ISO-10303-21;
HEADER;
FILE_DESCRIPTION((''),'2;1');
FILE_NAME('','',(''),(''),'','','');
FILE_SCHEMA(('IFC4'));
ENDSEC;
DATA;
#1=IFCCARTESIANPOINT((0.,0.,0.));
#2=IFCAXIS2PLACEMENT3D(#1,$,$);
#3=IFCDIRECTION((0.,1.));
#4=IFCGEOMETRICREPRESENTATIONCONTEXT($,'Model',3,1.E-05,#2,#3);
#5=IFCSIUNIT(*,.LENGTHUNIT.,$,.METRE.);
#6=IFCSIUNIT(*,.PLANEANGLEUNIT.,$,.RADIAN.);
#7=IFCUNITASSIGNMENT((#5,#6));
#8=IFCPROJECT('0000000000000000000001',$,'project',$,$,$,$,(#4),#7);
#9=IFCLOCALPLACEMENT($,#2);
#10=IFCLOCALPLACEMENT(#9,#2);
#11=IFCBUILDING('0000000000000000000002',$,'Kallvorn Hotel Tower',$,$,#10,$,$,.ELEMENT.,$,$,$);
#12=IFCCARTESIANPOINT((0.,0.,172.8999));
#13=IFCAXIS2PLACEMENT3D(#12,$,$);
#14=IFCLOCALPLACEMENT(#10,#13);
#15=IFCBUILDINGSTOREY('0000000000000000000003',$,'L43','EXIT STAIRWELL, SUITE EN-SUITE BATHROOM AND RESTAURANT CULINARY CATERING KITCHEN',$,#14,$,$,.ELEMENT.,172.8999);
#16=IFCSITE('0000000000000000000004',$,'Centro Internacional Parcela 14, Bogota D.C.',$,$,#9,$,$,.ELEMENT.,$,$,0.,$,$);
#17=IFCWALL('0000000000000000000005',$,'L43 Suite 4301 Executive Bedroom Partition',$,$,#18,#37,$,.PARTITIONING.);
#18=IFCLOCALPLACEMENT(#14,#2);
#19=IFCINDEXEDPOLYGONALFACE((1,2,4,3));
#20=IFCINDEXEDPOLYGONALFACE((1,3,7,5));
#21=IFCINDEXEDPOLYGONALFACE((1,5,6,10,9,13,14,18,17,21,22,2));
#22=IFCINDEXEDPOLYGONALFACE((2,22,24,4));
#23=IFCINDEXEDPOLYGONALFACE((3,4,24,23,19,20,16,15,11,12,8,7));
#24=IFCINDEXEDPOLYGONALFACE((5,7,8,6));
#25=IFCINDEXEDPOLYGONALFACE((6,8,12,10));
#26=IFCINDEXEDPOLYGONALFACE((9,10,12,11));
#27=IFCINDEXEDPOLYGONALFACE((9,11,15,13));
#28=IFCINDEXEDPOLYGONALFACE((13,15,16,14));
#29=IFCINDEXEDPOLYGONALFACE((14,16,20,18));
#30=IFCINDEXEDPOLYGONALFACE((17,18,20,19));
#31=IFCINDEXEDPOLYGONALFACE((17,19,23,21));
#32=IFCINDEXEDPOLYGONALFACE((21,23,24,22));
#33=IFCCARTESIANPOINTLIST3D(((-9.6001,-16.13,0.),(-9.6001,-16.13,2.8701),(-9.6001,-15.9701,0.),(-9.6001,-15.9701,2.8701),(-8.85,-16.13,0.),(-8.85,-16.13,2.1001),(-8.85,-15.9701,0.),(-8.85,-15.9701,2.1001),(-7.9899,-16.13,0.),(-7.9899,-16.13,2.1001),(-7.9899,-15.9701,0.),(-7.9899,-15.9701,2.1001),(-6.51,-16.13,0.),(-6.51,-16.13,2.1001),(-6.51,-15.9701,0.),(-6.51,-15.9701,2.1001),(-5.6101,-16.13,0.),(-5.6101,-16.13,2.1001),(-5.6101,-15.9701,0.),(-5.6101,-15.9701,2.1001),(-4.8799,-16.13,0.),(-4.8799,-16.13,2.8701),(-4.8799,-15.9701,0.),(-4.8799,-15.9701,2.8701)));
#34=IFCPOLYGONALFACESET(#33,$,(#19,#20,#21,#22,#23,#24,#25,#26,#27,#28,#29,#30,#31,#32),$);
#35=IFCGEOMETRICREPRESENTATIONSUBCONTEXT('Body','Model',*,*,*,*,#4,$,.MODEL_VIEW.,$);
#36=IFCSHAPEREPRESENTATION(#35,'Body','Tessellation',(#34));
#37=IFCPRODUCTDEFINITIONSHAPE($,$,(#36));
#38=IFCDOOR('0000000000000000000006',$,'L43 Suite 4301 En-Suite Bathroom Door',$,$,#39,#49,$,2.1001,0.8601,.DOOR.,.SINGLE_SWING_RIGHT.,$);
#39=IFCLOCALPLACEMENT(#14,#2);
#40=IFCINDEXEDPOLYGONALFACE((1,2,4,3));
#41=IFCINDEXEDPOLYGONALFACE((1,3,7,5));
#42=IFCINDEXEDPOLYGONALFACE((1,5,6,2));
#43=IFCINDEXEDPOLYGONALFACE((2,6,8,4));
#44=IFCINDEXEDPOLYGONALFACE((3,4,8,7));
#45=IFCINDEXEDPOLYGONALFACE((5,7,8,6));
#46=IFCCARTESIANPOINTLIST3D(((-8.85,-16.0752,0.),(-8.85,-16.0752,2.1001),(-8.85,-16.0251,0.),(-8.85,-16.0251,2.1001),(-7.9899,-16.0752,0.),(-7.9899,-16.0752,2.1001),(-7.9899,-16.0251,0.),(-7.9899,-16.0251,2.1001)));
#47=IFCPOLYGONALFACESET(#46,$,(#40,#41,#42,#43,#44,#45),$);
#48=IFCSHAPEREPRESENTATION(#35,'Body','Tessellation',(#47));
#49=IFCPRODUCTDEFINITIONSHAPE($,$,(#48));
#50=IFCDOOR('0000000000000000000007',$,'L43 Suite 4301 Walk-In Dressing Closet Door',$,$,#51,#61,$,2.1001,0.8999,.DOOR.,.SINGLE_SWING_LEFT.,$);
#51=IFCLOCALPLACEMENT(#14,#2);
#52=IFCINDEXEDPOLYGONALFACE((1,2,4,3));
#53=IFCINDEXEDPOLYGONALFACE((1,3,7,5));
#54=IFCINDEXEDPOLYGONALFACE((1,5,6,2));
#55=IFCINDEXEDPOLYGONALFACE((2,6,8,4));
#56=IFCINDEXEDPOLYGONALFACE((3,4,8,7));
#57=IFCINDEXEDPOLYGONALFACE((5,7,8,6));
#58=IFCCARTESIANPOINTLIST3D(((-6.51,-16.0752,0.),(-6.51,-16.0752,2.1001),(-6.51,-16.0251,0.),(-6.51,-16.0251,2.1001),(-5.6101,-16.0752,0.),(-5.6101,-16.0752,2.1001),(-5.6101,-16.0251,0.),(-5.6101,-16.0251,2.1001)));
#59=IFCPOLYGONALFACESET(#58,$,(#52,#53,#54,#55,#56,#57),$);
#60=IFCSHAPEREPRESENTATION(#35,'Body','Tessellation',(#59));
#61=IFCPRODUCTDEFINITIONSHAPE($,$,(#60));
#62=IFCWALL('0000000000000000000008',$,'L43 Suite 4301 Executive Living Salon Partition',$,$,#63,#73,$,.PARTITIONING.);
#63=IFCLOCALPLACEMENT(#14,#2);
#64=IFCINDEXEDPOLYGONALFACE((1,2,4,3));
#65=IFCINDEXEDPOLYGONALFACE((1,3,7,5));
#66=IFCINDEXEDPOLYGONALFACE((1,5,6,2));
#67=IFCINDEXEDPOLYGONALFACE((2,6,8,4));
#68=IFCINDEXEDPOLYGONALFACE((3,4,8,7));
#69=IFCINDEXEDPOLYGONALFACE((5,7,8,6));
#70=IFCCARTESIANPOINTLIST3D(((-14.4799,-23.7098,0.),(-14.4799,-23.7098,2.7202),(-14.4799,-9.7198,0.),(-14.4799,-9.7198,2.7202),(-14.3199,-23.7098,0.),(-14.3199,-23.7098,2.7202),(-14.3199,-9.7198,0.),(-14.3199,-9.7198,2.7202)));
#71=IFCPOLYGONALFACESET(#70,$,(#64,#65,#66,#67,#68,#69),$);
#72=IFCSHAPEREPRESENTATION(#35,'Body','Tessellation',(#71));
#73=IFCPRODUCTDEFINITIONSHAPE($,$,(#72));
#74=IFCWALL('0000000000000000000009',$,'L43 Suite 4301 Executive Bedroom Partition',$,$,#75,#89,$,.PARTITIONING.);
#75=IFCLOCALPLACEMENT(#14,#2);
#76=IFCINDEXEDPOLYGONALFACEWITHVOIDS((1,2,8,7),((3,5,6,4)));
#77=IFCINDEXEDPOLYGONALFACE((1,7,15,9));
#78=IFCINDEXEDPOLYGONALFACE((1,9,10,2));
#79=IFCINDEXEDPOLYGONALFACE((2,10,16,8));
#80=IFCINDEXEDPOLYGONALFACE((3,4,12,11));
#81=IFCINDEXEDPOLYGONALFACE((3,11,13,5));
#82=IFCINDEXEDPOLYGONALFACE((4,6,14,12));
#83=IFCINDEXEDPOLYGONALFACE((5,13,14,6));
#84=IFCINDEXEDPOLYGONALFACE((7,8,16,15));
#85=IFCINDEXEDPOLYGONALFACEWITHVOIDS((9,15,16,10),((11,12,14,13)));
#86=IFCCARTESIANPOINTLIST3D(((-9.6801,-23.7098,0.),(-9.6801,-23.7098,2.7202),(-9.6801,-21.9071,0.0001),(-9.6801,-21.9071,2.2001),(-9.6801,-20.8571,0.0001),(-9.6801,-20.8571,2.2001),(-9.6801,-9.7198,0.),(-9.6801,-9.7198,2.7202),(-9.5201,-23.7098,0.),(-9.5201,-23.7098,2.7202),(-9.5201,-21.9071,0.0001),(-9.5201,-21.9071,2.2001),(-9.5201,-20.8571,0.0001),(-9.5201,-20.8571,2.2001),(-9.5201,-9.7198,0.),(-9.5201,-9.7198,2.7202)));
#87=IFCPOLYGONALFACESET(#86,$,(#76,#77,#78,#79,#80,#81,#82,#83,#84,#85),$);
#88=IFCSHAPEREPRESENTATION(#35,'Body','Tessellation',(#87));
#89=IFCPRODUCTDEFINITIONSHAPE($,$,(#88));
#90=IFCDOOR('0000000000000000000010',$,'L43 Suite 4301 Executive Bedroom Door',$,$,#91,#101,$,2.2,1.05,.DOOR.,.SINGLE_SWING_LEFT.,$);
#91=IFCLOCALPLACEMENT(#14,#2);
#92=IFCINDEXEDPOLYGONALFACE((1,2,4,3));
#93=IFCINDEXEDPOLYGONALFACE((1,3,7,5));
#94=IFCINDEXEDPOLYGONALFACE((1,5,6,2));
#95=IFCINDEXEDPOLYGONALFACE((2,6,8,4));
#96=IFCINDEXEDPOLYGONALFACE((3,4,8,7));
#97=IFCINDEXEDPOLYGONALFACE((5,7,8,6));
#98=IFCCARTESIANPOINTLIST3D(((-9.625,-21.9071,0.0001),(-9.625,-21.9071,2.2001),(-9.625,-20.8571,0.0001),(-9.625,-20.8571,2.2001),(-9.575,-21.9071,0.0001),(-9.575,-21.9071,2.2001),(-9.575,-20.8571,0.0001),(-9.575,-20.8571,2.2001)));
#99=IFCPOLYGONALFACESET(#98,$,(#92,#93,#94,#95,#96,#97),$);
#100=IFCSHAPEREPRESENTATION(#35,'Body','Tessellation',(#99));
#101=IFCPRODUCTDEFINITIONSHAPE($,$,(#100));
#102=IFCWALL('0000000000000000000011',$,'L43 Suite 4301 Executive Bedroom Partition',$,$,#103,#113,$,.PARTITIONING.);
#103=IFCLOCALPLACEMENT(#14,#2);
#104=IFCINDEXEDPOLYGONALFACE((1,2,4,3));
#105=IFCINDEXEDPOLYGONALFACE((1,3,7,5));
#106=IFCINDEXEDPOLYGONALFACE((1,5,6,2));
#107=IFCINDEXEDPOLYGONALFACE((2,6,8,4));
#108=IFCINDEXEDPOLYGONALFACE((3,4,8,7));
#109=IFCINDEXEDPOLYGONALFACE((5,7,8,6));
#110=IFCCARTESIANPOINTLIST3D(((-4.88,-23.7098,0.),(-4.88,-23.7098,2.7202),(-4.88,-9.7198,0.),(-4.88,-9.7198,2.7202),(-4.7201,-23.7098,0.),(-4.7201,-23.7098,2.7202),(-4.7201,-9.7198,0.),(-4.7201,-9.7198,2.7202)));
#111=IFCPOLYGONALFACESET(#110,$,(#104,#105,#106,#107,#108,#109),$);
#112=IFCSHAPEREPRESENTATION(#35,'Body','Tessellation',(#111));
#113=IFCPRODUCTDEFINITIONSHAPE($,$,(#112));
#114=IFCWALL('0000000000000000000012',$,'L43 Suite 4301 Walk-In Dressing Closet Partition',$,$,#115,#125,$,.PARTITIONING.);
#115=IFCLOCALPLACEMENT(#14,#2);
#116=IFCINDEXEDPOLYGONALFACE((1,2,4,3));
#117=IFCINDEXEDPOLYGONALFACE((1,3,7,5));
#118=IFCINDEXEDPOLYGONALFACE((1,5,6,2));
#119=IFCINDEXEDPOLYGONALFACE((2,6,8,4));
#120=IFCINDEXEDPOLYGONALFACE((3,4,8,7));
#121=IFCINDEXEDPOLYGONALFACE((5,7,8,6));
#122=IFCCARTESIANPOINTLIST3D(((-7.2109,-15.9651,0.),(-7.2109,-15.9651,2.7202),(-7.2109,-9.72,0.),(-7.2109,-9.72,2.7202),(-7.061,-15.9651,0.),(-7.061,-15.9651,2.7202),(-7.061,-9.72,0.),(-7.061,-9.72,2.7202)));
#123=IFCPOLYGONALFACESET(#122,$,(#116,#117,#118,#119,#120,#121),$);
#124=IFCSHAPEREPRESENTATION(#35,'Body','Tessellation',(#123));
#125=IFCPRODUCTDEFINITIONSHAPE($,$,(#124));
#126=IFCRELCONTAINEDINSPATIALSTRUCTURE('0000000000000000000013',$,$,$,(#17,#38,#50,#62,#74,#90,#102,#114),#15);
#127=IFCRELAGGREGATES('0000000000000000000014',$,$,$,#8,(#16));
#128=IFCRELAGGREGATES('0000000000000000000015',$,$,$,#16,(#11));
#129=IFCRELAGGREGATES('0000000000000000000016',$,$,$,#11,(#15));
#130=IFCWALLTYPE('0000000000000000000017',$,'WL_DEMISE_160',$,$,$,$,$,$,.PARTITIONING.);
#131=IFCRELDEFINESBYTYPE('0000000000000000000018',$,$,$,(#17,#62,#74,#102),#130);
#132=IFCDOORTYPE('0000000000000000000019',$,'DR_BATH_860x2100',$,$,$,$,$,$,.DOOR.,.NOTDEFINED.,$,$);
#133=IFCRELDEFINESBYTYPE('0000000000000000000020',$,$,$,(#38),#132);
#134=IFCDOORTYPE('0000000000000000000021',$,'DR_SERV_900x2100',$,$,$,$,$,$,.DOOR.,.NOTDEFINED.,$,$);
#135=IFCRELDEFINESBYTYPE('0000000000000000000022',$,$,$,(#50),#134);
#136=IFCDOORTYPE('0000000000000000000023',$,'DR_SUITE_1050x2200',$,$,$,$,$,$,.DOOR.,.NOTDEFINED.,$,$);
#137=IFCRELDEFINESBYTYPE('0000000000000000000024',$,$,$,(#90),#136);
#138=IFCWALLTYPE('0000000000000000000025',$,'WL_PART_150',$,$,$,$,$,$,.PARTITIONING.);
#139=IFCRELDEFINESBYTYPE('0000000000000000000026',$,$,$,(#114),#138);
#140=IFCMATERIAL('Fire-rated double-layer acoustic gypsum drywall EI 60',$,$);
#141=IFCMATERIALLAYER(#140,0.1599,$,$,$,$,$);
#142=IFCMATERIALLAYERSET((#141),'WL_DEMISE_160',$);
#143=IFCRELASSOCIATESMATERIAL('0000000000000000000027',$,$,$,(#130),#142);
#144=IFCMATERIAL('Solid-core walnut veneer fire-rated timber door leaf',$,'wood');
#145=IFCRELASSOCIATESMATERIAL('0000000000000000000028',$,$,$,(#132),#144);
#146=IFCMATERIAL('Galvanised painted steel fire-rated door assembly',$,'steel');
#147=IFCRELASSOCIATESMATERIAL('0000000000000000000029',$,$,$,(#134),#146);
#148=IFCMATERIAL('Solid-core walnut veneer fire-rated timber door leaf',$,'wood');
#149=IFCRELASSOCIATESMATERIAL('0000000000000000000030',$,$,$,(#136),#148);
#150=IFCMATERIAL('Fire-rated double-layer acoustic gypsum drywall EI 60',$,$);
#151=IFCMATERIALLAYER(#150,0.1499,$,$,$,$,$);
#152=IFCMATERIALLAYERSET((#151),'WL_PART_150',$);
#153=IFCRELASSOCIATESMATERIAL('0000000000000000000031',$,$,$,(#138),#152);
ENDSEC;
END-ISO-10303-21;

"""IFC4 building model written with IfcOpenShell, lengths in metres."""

from ifc_helpers import new_model, si_unit, direction, frame, frame_2d, origin, place, context, subcontext, project, spatial, rectangle, extrude, material, layer, layer_set, type_object, element, fill, save


model = new_model("IFC4")

# Units and contexts
model_context = context("Model", 3, precision=1e-05, world=origin(), true_north=direction((0.0, 1.0)))
body_context = subcontext(model_context, "Body", "Model", "MODEL_VIEW")
ifc_project = project(units=[si_unit("LENGTHUNIT", "METRE"), si_unit("PLANEANGLEUNIT", "RADIAN")], contexts=[model_context])

# Site, building, storey
site_placement = place(None, origin())
site = spatial("IfcSite", under=ifc_project, at=site_placement, Name="Centro Internacional Parcela 14, Bogota D.C.", CompositionType="ELEMENT", RefElevation=0.0)
building_placement = place(site_placement, origin())
building = spatial("IfcBuilding", under=site, at=building_placement, Name="Kallvorn Hotel Tower", CompositionType="ELEMENT")
storey_placement = place(building_placement, frame((0.0, 0.0, 172.8999)))
storey = spatial("IfcBuildingStorey", under=building, at=storey_placement, Name="L43", Description="EXIT STAIRWELL, SUITE EN-SUITE BATHROOM AND RESTAURANT CULINARY CATERING KITCHEN", CompositionType="ELEMENT", Elevation=172.8999)

# Wall, openings, doors
ifc_material_1 = material(Name="Fire-rated double-layer acoustic gypsum drywall EI 60")
ifc_layer_1 = layer(ifc_material_1, 0.1599)
ifc_layer_set_1 = layer_set([ifc_layer_1], Name="WL_DEMISE_160")
wall_type_1 = type_object("IfcWallType", Name="WL_DEMISE_160", PredefinedType="PARTITIONING", material=ifc_layer_set_1)
wall_1_placement = place(storey_placement, frame((-9.6001, -16.05, 0.0), z_axis=(0.0, 0.0, 1.0), x_axis=(1.0, 0.0, 0.0)))
wall_1 = element("IfcWall", 1, at=wall_1_placement, inside=storey, type_object=wall_type_1, Name="L43 Suite 4301 Executive Bedroom Partition", PredefinedType="PARTITIONING", context=body_context, shape_type="SweptSolid", body=[
    extrude(rectangle(XDim=4.7202, YDim=0.1599, at=frame_2d((2.3601, 0.0))), origin(), (0.0, 0.0, 1.0), 2.8701),
])
opening_1_placement = place(wall_1_placement, frame((0.75, 0.0, 0.0)))
opening_1 = element("IfcOpeningElement", 2, at=opening_1_placement, cuts=wall_1, PredefinedType="OPENING", context=body_context, shape_type="SweptSolid", body=[
    extrude(rectangle(XDim=0.8601, YDim=2.1001, at=frame_2d((0.4302, 1.05))), frame((0.0, 0.095, 0.0), z_axis=(0.0, -1.0, 0.0), x_axis=(1.0, 0.0, 0.0)), (0.0, 0.0, 1.0), 0.1899),
])
opening_2_placement = place(wall_1_placement, frame((3.0901, 0.0, 0.0)))
opening_2 = element("IfcOpeningElement", 3, at=opening_2_placement, cuts=wall_1, PredefinedType="OPENING", context=body_context, shape_type="SweptSolid", body=[
    extrude(rectangle(XDim=0.8999, YDim=2.1001, at=frame_2d((0.45, 1.05))), frame((0.0, 0.095, 0.0), z_axis=(0.0, -1.0, 0.0), x_axis=(1.0, 0.0, 0.0)), (0.0, 0.0, 1.0), 0.1899),
])
ifc_material_2 = material(Name="Solid-core walnut veneer fire-rated timber door leaf", Category="wood")
door_type_1 = type_object("IfcDoorType", Name="DR_BATH_860x2100", OperationType="NOTDEFINED", PredefinedType="DOOR", material=ifc_material_2)
door_1_placement = place(opening_1_placement, origin())
door_1 = element("IfcDoor", 4, at=door_1_placement, inside=storey, type_object=door_type_1, Name="L43 Suite 4301 En-Suite Bathroom Door", OperationType="SINGLE_SWING_RIGHT", OverallHeight=2.1001, OverallWidth=0.8601, PredefinedType="DOOR", context=body_context, shape_type="SweptSolid", body=[
    extrude(rectangle(XDim=0.8601, YDim=2.1001, at=frame_2d((0.4302, 1.05))), frame((0.0, 0.0249, 0.0), z_axis=(0.0, -1.0, 0.0), x_axis=(1.0, 0.0, 0.0)), (0.0, 0.0, 1.0), 0.05),
])
fill(opening_1, door_1)
ifc_material_3 = material(Name="Galvanised painted steel fire-rated door assembly", Category="steel")
door_type_2 = type_object("IfcDoorType", Name="DR_SERV_900x2100", OperationType="NOTDEFINED", PredefinedType="DOOR", material=ifc_material_3)
door_2_placement = place(opening_2_placement, origin())
door_2 = element("IfcDoor", 5, at=door_2_placement, inside=storey, type_object=door_type_2, Name="L43 Suite 4301 Walk-In Dressing Closet Door", OperationType="SINGLE_SWING_LEFT", OverallHeight=2.1001, OverallWidth=0.8999, PredefinedType="DOOR", context=body_context, shape_type="SweptSolid", body=[
    extrude(rectangle(XDim=0.8999, YDim=2.1001, at=frame_2d((0.45, 1.05))), frame((0.0, 0.0249, 0.0), z_axis=(0.0, -1.0, 0.0), x_axis=(1.0, 0.0, 0.0)), (0.0, 0.0, 1.0), 0.05),
])
fill(opening_2, door_2)

# Wall
wall_2_placement = place(storey_placement, frame((-14.3999, -23.71, 0.0), z_axis=(0.0, 0.0, 1.0), x_axis=(0.0, 1.0, 0.0)))
element("IfcWall", 6, at=wall_2_placement, inside=storey, type_object=wall_type_1, Name="L43 Suite 4301 Executive Living Salon Partition", PredefinedType="PARTITIONING", context=body_context, shape_type="SweptSolid", body=[
    extrude(rectangle(XDim=13.99, YDim=0.1599, at=frame_2d((6.9951, 0.0))), origin(), (0.0, 0.0, 1.0), 2.7202),
])

# Wall, opening, door
wall_3_placement = place(storey_placement, frame((-9.6001, -23.71, 0.0), z_axis=(0.0, 0.0, 1.0), x_axis=(0.0, 1.0, 0.0)))
wall_3 = element("IfcWall", 7, at=wall_3_placement, inside=storey, type_object=wall_type_1, Name="L43 Suite 4301 Executive Bedroom Partition", PredefinedType="PARTITIONING", context=body_context, shape_type="SweptSolid", body=[
    extrude(rectangle(XDim=13.99, YDim=0.1599, at=frame_2d((6.9951, 0.0))), origin(), (0.0, 0.0, 1.0), 2.7202),
])
opening_3_placement = place(wall_3_placement, frame((1.803, 0.0, 0.0)))
opening_3 = element("IfcOpeningElement", 8, at=opening_3_placement, cuts=wall_3, PredefinedType="OPENING", context=body_context, shape_type="SweptSolid", body=[
    extrude(rectangle(XDim=1.05, YDim=2.2, at=frame_2d((0.5249, 1.1001))), frame((0.0, 0.095, 0.0), z_axis=(0.0, -1.0, 0.0), x_axis=(1.0, 0.0, 0.0)), (0.0, 0.0, 1.0), 0.1899),
])
ifc_material_4 = material(Name="Solid-core walnut veneer fire-rated timber door leaf", Category="wood")
door_type_3 = type_object("IfcDoorType", Name="DR_SUITE_1050x2200", OperationType="NOTDEFINED", PredefinedType="DOOR", material=ifc_material_4)
door_3_placement = place(opening_3_placement, origin())
door_3 = element("IfcDoor", 9, at=door_3_placement, inside=storey, type_object=door_type_3, Name="L43 Suite 4301 Executive Bedroom Door", OperationType="SINGLE_SWING_LEFT", OverallHeight=2.2, OverallWidth=1.05, PredefinedType="DOOR", context=body_context, shape_type="SweptSolid", body=[
    extrude(rectangle(XDim=1.05, YDim=2.2, at=frame_2d((0.5249, 1.1001))), frame((0.0, 0.0249, 0.0), z_axis=(0.0, -1.0, 0.0), x_axis=(1.0, 0.0, 0.0)), (0.0, 0.0, 1.0), 0.05),
])
fill(opening_3, door_3)

# Walls
wall_4_placement = place(storey_placement, frame((-4.8, -23.71, 0.0), z_axis=(0.0, 0.0, 1.0), x_axis=(0.0, 1.0, 0.0)))
element("IfcWall", 10, at=wall_4_placement, inside=storey, type_object=wall_type_1, Name="L43 Suite 4301 Executive Bedroom Partition", PredefinedType="PARTITIONING", context=body_context, shape_type="SweptSolid", body=[
    extrude(rectangle(XDim=13.99, YDim=0.1599, at=frame_2d((6.9951, 0.0))), origin(), (0.0, 0.0, 1.0), 2.7202),
])
ifc_material_5 = material(Name="Fire-rated double-layer acoustic gypsum drywall EI 60")
ifc_layer_2 = layer(ifc_material_5, 0.1499)
ifc_layer_set_2 = layer_set([ifc_layer_2], Name="WL_PART_150")
wall_type_2 = type_object("IfcWallType", Name="WL_PART_150", PredefinedType="PARTITIONING", material=ifc_layer_set_2)
wall_5_placement = place(storey_placement, frame((-7.136, -15.9651, 0.0), z_axis=(0.0, 0.0, 1.0), x_axis=(0.0, 1.0, 0.0)))
element("IfcWall", 11, at=wall_5_placement, inside=storey, type_object=wall_type_2, Name="L43 Suite 4301 Walk-In Dressing Closet Partition", PredefinedType="PARTITIONING", context=body_context, shape_type="SweptSolid", body=[
    extrude(rectangle(XDim=6.2451, YDim=0.1499, at=frame_2d((3.1226, 0.0))), origin(), (0.0, 0.0, 1.0), 2.7202),
])

save(model, "model.ifc")
